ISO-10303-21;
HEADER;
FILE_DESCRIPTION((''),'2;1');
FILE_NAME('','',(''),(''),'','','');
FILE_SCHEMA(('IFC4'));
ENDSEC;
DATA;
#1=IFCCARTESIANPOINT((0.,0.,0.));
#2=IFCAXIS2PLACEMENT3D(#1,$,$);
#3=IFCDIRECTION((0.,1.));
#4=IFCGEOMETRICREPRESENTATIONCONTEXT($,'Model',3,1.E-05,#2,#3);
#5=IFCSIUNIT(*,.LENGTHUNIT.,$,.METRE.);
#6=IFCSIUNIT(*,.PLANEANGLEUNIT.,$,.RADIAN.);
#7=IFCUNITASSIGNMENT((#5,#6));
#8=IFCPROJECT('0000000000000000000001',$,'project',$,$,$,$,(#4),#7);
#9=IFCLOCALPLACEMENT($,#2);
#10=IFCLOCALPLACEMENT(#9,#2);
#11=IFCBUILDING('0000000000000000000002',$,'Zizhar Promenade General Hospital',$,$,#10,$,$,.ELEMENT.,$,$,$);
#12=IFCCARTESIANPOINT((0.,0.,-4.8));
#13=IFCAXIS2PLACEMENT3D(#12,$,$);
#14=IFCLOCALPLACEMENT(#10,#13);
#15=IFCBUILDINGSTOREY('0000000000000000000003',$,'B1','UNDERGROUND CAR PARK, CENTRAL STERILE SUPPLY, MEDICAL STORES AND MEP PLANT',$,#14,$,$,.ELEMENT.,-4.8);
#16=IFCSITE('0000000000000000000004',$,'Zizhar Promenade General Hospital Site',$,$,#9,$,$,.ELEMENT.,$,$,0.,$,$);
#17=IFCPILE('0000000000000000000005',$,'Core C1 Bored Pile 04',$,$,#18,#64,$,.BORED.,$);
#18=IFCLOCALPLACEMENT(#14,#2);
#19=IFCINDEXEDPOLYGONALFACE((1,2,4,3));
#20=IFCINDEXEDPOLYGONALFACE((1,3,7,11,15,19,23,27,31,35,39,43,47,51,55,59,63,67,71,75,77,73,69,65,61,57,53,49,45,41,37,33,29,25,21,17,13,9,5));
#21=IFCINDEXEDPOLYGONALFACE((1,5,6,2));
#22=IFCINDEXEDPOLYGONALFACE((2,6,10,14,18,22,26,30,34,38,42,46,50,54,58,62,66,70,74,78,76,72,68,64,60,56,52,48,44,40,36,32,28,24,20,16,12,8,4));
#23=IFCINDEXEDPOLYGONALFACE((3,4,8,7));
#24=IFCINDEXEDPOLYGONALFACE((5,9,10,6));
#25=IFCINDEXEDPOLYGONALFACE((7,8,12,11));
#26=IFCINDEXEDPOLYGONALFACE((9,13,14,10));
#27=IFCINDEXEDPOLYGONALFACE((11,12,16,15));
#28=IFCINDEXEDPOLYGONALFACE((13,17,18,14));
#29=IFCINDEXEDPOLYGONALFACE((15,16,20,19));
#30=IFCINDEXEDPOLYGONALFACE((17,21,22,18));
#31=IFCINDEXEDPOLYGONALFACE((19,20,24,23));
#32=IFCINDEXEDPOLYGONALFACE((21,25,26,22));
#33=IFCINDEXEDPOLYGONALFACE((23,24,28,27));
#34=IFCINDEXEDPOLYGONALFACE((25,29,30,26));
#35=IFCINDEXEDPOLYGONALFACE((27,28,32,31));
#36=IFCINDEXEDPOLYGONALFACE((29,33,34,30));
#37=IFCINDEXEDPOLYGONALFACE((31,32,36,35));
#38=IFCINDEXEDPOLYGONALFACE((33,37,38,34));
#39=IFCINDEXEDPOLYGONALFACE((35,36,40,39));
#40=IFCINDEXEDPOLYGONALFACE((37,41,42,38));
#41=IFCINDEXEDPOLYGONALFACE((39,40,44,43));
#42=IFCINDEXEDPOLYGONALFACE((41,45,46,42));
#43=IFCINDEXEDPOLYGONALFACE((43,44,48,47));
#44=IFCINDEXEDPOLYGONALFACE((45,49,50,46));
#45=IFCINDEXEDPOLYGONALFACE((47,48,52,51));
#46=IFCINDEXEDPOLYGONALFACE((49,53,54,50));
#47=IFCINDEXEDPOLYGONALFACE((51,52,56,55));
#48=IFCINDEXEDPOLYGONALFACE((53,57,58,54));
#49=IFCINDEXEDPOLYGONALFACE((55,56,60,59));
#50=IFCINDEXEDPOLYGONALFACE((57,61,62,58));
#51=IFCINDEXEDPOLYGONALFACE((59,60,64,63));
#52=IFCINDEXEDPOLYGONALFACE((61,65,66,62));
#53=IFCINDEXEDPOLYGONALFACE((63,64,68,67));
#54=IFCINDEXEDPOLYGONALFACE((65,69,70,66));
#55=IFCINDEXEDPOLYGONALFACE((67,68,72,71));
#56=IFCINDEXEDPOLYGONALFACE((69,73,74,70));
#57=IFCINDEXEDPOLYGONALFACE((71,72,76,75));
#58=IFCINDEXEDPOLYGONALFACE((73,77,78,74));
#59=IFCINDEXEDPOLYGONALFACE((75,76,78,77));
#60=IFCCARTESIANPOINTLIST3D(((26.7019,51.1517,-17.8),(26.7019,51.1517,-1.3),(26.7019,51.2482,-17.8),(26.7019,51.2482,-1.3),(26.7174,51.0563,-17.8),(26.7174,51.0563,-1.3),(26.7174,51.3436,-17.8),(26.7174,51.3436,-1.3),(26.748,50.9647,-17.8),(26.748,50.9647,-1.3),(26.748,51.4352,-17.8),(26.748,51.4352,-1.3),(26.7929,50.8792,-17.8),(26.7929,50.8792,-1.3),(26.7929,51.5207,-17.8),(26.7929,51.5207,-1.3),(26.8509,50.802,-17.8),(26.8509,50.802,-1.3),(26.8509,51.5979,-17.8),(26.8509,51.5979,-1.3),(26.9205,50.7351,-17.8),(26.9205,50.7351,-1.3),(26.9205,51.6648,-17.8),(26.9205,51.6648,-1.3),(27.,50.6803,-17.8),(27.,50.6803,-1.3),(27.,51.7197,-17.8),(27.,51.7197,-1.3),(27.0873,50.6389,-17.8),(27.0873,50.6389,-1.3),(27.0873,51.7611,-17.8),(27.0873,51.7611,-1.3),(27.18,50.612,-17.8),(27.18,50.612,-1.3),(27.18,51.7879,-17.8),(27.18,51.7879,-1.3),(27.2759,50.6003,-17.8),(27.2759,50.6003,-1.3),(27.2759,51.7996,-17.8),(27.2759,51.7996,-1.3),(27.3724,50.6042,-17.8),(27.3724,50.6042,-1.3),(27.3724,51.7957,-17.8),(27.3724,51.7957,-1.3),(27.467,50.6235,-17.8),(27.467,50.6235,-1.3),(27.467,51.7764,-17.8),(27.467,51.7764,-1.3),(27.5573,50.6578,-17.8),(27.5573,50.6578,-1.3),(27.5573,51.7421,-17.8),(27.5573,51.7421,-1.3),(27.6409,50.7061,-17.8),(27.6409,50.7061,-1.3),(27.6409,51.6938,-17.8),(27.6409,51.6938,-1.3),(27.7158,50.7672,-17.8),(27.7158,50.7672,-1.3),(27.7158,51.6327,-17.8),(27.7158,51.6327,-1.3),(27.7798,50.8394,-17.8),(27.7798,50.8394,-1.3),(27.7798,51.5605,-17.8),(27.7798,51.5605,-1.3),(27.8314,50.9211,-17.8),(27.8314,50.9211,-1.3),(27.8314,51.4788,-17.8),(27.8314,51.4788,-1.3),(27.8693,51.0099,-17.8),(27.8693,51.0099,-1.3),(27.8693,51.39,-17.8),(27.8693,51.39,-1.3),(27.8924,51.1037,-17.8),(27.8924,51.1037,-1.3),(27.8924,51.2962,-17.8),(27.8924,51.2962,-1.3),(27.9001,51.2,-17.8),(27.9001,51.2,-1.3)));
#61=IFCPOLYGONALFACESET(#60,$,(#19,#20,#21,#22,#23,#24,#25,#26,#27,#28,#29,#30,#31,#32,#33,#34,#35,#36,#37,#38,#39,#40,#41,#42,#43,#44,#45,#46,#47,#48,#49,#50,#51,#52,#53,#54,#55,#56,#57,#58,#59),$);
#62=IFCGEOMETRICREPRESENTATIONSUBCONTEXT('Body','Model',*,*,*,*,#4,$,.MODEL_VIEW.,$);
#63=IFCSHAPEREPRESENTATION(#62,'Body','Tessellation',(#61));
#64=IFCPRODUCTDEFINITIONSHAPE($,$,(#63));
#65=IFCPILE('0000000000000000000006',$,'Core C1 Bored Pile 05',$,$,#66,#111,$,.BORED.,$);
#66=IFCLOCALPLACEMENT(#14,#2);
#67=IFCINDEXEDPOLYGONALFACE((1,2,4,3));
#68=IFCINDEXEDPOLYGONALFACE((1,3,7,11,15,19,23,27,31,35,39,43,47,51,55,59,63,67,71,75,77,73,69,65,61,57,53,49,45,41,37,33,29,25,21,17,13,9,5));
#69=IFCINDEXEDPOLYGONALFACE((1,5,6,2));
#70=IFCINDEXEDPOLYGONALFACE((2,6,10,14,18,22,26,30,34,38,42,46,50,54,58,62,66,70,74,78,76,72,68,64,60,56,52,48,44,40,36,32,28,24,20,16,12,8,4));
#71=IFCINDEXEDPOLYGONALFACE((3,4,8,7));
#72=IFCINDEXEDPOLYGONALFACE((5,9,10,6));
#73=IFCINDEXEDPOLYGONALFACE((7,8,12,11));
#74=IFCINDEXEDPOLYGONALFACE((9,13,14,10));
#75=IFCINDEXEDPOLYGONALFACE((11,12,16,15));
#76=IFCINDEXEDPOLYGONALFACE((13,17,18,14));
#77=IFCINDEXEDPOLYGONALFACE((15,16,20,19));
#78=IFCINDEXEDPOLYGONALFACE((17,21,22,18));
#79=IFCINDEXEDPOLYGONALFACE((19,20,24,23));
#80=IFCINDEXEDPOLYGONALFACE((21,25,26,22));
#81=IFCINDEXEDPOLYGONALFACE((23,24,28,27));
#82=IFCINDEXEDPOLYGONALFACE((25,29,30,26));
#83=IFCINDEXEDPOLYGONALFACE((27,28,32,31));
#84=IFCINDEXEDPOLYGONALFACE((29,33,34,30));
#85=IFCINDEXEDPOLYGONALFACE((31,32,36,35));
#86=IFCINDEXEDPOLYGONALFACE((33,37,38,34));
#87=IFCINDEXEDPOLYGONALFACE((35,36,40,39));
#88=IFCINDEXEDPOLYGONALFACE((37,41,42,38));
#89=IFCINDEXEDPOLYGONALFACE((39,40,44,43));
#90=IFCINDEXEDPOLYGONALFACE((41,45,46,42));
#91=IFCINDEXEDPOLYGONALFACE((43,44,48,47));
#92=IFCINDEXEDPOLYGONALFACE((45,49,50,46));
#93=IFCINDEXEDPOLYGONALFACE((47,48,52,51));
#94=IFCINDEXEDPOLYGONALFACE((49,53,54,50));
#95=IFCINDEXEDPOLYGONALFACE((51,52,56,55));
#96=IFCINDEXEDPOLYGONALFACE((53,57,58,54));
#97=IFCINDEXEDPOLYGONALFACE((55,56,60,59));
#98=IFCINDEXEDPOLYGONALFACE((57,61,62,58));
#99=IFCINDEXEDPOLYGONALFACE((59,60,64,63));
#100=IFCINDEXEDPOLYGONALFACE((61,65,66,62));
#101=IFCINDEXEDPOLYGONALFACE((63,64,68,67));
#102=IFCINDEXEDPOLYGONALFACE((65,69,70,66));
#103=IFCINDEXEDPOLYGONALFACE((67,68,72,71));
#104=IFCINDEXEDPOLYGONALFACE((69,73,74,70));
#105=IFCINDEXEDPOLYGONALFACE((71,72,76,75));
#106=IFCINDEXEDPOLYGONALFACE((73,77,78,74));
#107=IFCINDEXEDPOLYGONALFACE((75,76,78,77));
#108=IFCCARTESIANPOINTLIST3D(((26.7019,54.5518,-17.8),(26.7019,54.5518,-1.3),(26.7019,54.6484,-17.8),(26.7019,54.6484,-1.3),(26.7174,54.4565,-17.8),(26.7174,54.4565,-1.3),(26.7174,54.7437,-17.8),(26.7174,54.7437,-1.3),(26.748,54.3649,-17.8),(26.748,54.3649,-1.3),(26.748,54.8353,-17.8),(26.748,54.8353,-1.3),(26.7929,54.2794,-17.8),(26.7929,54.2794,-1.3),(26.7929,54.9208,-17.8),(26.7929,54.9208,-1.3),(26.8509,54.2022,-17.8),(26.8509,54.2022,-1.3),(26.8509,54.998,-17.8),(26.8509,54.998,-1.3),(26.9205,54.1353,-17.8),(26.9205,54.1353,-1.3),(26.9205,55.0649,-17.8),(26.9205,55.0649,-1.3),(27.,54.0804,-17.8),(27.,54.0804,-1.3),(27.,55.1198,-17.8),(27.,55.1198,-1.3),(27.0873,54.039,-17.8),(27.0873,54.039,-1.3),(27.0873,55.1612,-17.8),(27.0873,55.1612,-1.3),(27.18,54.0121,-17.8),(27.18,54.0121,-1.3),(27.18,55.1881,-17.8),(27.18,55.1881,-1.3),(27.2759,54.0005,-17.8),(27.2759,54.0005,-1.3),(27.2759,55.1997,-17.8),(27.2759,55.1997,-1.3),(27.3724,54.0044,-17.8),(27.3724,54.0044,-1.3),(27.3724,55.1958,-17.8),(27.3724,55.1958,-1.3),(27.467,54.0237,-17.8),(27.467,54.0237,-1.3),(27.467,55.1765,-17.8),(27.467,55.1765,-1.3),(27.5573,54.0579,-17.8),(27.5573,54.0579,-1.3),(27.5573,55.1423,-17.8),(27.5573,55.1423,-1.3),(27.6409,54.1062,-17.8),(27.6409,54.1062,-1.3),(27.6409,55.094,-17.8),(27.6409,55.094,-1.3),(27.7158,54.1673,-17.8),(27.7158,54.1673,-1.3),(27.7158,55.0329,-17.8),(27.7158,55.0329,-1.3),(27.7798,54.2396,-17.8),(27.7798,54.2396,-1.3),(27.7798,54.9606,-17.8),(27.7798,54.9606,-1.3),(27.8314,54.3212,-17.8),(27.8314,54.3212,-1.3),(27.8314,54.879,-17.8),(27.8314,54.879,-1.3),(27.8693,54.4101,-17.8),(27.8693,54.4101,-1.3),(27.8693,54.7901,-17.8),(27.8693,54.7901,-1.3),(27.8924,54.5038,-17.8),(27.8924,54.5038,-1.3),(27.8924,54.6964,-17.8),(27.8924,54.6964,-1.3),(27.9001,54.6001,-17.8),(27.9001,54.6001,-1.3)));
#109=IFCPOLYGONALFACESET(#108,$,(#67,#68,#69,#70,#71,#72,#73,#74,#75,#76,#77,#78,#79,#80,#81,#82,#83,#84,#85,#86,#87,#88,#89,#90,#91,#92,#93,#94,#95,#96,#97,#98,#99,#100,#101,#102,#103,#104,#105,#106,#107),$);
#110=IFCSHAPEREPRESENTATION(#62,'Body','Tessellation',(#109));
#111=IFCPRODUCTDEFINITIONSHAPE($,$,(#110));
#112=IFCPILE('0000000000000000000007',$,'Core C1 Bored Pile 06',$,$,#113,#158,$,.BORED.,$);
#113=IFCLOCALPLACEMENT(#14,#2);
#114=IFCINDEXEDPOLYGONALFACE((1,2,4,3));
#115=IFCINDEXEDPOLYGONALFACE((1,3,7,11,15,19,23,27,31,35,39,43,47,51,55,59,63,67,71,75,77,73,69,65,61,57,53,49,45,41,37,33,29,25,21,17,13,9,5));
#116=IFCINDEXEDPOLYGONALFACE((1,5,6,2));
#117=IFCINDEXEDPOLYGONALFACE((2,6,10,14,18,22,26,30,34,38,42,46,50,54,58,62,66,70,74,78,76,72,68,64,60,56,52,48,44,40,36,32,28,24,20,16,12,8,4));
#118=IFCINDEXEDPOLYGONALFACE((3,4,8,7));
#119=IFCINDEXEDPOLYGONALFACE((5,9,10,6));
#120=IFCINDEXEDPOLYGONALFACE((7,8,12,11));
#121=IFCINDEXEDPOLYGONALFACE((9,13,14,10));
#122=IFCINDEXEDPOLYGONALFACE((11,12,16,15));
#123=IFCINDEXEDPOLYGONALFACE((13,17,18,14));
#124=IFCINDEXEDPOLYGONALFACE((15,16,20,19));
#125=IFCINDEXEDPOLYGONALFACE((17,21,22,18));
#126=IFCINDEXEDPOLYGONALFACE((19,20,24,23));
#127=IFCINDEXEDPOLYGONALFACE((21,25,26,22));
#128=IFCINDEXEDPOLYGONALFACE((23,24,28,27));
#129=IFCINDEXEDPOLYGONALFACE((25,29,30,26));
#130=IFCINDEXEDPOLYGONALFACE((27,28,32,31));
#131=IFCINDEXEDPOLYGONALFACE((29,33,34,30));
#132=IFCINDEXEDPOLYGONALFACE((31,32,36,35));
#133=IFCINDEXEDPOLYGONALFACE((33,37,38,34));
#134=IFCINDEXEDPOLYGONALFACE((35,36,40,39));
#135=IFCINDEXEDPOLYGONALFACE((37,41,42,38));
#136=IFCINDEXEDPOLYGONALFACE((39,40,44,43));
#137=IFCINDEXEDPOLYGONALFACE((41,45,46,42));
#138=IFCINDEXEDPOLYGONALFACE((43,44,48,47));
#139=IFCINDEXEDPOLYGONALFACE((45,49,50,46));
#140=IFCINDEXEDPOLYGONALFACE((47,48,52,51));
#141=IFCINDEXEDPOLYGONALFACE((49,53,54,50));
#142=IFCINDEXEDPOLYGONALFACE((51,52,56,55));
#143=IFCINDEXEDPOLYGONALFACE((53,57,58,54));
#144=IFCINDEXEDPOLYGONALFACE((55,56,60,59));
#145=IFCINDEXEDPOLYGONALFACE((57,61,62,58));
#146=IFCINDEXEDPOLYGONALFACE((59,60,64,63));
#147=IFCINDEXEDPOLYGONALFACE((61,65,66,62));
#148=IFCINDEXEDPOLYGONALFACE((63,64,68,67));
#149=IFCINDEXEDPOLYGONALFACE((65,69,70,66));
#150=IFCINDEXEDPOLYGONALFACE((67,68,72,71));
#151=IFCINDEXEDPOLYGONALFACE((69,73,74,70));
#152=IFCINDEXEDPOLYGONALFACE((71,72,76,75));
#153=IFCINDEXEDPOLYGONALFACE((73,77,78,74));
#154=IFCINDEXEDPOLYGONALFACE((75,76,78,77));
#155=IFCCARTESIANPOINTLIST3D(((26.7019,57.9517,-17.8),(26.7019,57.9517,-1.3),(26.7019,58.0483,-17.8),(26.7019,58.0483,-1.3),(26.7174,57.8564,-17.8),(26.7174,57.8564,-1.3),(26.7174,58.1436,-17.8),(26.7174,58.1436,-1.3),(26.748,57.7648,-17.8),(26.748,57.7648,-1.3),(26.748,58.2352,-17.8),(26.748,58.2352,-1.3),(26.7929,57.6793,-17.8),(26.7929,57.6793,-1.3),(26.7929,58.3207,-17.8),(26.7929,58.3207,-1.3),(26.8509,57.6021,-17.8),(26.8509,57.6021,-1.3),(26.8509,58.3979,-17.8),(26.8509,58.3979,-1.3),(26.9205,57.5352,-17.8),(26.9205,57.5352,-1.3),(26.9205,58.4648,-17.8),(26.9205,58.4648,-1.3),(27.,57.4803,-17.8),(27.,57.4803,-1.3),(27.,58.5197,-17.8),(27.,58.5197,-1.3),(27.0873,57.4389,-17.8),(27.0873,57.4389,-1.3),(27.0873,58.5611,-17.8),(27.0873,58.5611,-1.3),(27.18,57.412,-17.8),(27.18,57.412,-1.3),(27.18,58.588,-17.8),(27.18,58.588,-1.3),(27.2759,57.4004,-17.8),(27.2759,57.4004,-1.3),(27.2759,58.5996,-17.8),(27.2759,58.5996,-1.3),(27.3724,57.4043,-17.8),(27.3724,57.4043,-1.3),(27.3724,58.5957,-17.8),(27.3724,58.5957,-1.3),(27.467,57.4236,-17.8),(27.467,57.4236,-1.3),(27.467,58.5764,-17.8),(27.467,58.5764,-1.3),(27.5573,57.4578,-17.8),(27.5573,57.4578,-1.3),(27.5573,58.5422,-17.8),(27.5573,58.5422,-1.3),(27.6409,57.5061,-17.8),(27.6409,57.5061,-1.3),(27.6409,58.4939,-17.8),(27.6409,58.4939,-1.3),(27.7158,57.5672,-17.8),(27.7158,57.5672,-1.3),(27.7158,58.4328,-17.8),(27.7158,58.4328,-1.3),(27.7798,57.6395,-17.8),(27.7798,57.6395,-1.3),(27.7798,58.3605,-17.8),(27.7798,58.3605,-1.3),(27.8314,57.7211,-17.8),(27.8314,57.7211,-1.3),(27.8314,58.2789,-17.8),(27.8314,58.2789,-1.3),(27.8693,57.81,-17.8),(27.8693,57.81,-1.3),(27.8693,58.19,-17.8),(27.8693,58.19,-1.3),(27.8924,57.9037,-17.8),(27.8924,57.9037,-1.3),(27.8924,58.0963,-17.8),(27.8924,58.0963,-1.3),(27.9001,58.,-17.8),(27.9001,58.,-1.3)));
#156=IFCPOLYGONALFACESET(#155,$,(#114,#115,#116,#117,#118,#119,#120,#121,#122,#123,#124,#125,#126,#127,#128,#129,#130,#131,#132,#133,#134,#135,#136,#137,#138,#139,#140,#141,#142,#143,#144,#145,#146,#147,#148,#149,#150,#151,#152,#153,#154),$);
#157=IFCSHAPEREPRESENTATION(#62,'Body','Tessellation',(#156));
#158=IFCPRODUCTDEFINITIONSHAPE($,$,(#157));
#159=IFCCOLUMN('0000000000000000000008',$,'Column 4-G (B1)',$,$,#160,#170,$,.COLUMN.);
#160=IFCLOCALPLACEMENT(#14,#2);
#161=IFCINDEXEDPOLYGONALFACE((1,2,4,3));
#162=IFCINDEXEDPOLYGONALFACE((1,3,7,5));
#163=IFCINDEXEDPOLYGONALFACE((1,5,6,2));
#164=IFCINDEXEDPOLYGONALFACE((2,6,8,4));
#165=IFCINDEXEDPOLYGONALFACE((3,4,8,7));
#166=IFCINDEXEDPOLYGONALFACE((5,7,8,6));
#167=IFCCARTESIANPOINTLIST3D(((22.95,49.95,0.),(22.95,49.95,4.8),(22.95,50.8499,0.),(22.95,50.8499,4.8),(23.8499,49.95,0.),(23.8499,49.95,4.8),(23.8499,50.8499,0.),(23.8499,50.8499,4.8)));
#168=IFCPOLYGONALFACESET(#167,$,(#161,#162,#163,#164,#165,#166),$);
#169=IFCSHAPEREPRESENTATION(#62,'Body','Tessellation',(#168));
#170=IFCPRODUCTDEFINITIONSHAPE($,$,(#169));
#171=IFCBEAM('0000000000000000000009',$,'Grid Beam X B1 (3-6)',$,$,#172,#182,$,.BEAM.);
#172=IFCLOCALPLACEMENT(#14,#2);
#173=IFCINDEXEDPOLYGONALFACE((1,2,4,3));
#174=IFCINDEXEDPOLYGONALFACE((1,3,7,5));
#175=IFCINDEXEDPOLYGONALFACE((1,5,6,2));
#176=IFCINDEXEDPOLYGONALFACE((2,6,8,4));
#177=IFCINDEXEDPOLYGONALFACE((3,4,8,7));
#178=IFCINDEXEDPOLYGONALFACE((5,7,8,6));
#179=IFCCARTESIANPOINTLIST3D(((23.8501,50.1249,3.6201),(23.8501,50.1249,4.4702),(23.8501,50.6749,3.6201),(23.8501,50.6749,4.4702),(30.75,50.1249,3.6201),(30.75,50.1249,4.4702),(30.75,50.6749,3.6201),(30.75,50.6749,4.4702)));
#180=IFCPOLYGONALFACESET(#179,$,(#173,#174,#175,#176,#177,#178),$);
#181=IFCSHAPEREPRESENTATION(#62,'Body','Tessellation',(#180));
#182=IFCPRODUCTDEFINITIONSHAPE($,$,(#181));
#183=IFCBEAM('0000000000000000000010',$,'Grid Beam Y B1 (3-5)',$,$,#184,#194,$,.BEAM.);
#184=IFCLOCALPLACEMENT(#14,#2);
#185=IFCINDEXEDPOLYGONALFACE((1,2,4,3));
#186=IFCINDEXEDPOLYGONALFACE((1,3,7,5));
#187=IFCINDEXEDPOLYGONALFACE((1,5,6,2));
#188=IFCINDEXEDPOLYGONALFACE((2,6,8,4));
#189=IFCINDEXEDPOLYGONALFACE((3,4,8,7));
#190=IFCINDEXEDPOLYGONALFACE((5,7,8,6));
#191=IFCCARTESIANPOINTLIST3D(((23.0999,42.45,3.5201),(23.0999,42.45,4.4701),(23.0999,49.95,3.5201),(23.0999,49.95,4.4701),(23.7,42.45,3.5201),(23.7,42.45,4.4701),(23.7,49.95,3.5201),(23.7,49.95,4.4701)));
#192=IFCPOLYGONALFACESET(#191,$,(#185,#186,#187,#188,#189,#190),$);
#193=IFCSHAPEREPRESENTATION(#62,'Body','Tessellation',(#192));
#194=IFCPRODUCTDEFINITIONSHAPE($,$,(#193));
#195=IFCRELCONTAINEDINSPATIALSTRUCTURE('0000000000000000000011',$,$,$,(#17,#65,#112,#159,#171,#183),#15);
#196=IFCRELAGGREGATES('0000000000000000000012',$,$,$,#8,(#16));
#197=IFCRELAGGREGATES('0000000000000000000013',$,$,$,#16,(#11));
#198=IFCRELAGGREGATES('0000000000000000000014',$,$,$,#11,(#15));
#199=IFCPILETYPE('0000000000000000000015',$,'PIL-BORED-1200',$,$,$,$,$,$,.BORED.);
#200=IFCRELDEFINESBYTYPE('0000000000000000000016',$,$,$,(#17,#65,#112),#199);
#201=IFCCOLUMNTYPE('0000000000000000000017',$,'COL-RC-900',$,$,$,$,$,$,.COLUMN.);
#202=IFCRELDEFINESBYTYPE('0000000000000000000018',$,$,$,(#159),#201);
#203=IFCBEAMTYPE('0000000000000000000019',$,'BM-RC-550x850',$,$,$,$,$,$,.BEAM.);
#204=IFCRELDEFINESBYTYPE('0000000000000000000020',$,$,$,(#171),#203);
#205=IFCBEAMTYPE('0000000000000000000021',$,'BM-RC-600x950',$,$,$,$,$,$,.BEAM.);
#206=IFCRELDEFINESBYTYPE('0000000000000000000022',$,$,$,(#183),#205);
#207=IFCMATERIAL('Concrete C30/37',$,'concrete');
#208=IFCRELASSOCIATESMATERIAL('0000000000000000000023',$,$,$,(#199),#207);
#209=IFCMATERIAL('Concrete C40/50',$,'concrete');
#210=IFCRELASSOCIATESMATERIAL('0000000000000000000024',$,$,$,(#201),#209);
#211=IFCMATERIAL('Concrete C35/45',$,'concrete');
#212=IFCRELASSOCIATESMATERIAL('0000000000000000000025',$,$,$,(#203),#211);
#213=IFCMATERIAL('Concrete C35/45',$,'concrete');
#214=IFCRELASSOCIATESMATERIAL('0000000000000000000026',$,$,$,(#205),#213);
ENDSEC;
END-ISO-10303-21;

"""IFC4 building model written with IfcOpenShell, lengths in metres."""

from ifc_helpers import new_model, si_unit, direction, frame, origin, origin_2d, place, context, subcontext, project, spatial, rectangle, circle, extrude, material, material_profile, profile_set, type_object, element, save


model = new_model("IFC4")

# Units and contexts
model_context = context("Model", 3, precision=1e-05, world=origin(), true_north=direction((0.0, 1.0)))
body_context = subcontext(model_context, "Body", "Model", "MODEL_VIEW")
ifc_project = project(units=[si_unit("LENGTHUNIT", "METRE"), si_unit("PLANEANGLEUNIT", "RADIAN")], contexts=[model_context])

# Site, building, storey
site_placement = place(None, origin())
site = spatial("IfcSite", under=ifc_project, at=site_placement, Name="Zizhar Promenade General Hospital Site", CompositionType="ELEMENT", RefElevation=0.0)
building_placement = place(site_placement, origin())
building = spatial("IfcBuilding", under=site, at=building_placement, Name="Zizhar Promenade General Hospital", CompositionType="ELEMENT")
storey_placement = place(building_placement, frame((0.0, 0.0, -4.8)))
storey = spatial("IfcBuildingStorey", under=building, at=storey_placement, Name="B1", Description="UNDERGROUND CAR PARK, CENTRAL STERILE SUPPLY, MEDICAL STORES AND MEP PLANT", CompositionType="ELEMENT", Elevation=-4.8)

# Piles
ifc_material_1 = material(Name="Concrete C30/37", Category="concrete")
ifc_material_profile_1 = material_profile(ifc_material_1, circle(Radius=0.6001, at=origin_2d()))
ifc_profile_set_1 = profile_set([ifc_material_profile_1], Name="Concrete C30/37")
pile_type = type_object("IfcPileType", Name="PIL-BORED-1200", PredefinedType="BORED", material=ifc_profile_set_1)
for number, where, z_axis, x_axis, name in (
    (1, (27.3, 51.2, -1.3), (0.0, 0.0, -1.0), (1.0, 0.0, 0.0), "Core C1 Bored Pile 04"),
    (2, (27.3, 54.6001, -1.3), (0.0, 0.0, -1.0), (1.0, 0.0, 0.0), "Core C1 Bored Pile 05"),
    (3, (27.3, 58.0, -1.3), (0.0, 0.0, -1.0), (1.0, 0.0, 0.0), "Core C1 Bored Pile 06"),
):
    element("IfcPile", number, at=place(storey_placement, frame(where, z_axis=z_axis, x_axis=x_axis)), inside=storey, type_object=pile_type, Name=name, PredefinedType="BORED", context=body_context, shape_type="SweptSolid", body=[
        extrude(circle(Radius=0.6001, at=origin_2d()), origin(), (0.0, 0.0, 1.0), 16.5),
    ])

# Column
ifc_material_2 = material(Name="Concrete C40/50", Category="concrete")
ifc_material_profile_2 = material_profile(ifc_material_2, rectangle(XDim=0.8999, YDim=0.8999, at=origin_2d()))
ifc_profile_set_2 = profile_set([ifc_material_profile_2], Name="Concrete C40/50")
column_type = type_object("IfcColumnType", Name="COL-RC-900", PredefinedType="COLUMN", material=ifc_profile_set_2)
column_placement = place(storey_placement, frame((23.3999, 50.3999, 0.0), z_axis=(0.0, 0.0, 1.0), x_axis=(1.0, 0.0, 0.0)))
element("IfcColumn", 4, at=column_placement, inside=storey, type_object=column_type, Name="Column 4-G (B1)", PredefinedType="COLUMN", context=body_context, shape_type="SweptSolid", body=[
    extrude(rectangle(XDim=0.8999, YDim=0.8999, at=origin_2d()), origin(), (0.0, 0.0, 1.0), 4.8),
])

# Beams
ifc_material_3 = material(Name="Concrete C35/45", Category="concrete")
ifc_material_profile_3 = material_profile(ifc_material_3, rectangle(XDim=0.55, YDim=0.8501, at=origin_2d()))
ifc_profile_set_3 = profile_set([ifc_material_profile_3], Name="Concrete C35/45")
beam_type_1 = type_object("IfcBeamType", Name="BM-RC-550x850", PredefinedType="BEAM", material=ifc_profile_set_3)
beam_placement = place(storey_placement, frame((23.8501, 50.3999, 4.0452), z_axis=(1.0, 0.0, 0.0), x_axis=(0.0, 1.0, 0.0)))
element("IfcBeam", 5, at=beam_placement, inside=storey, type_object=beam_type_1, Name="Grid Beam X B1 (3-6)", PredefinedType="BEAM", context=body_context, shape_type="SweptSolid", body=[
    extrude(rectangle(XDim=0.55, YDim=0.8501, at=origin_2d()), origin(), (0.0, 0.0, 1.0), 6.8999),
])
ifc_material_4 = material(Name="Concrete C35/45", Category="concrete")
ifc_material_profile_4 = material_profile(ifc_material_4, rectangle(XDim=0.6001, YDim=0.95, at=origin_2d()))
ifc_profile_set_4 = profile_set([ifc_material_profile_4], Name="Concrete C35/45")
beam_type_2 = type_object("IfcBeamType", Name="BM-RC-600x950", PredefinedType="BEAM", material=ifc_profile_set_4)
for number, where, z_axis, x_axis, name in (
    (6, (23.3999, 42.45, 3.9951), (0.0, 1.0, 0.0), (-1.0, 0.0, 0.0), "Grid Beam Y B1 (3-5)"),
):
    element("IfcBeam", number, at=place(storey_placement, frame(where, z_axis=z_axis, x_axis=x_axis)), inside=storey, type_object=beam_type_2, Name=name, PredefinedType="BEAM", context=body_context, shape_type="SweptSolid", body=[
        extrude(rectangle(XDim=0.6001, YDim=0.95, at=origin_2d()), origin(), (0.0, 0.0, 1.0), 7.5),
    ])

save(model, "model.ifc")
